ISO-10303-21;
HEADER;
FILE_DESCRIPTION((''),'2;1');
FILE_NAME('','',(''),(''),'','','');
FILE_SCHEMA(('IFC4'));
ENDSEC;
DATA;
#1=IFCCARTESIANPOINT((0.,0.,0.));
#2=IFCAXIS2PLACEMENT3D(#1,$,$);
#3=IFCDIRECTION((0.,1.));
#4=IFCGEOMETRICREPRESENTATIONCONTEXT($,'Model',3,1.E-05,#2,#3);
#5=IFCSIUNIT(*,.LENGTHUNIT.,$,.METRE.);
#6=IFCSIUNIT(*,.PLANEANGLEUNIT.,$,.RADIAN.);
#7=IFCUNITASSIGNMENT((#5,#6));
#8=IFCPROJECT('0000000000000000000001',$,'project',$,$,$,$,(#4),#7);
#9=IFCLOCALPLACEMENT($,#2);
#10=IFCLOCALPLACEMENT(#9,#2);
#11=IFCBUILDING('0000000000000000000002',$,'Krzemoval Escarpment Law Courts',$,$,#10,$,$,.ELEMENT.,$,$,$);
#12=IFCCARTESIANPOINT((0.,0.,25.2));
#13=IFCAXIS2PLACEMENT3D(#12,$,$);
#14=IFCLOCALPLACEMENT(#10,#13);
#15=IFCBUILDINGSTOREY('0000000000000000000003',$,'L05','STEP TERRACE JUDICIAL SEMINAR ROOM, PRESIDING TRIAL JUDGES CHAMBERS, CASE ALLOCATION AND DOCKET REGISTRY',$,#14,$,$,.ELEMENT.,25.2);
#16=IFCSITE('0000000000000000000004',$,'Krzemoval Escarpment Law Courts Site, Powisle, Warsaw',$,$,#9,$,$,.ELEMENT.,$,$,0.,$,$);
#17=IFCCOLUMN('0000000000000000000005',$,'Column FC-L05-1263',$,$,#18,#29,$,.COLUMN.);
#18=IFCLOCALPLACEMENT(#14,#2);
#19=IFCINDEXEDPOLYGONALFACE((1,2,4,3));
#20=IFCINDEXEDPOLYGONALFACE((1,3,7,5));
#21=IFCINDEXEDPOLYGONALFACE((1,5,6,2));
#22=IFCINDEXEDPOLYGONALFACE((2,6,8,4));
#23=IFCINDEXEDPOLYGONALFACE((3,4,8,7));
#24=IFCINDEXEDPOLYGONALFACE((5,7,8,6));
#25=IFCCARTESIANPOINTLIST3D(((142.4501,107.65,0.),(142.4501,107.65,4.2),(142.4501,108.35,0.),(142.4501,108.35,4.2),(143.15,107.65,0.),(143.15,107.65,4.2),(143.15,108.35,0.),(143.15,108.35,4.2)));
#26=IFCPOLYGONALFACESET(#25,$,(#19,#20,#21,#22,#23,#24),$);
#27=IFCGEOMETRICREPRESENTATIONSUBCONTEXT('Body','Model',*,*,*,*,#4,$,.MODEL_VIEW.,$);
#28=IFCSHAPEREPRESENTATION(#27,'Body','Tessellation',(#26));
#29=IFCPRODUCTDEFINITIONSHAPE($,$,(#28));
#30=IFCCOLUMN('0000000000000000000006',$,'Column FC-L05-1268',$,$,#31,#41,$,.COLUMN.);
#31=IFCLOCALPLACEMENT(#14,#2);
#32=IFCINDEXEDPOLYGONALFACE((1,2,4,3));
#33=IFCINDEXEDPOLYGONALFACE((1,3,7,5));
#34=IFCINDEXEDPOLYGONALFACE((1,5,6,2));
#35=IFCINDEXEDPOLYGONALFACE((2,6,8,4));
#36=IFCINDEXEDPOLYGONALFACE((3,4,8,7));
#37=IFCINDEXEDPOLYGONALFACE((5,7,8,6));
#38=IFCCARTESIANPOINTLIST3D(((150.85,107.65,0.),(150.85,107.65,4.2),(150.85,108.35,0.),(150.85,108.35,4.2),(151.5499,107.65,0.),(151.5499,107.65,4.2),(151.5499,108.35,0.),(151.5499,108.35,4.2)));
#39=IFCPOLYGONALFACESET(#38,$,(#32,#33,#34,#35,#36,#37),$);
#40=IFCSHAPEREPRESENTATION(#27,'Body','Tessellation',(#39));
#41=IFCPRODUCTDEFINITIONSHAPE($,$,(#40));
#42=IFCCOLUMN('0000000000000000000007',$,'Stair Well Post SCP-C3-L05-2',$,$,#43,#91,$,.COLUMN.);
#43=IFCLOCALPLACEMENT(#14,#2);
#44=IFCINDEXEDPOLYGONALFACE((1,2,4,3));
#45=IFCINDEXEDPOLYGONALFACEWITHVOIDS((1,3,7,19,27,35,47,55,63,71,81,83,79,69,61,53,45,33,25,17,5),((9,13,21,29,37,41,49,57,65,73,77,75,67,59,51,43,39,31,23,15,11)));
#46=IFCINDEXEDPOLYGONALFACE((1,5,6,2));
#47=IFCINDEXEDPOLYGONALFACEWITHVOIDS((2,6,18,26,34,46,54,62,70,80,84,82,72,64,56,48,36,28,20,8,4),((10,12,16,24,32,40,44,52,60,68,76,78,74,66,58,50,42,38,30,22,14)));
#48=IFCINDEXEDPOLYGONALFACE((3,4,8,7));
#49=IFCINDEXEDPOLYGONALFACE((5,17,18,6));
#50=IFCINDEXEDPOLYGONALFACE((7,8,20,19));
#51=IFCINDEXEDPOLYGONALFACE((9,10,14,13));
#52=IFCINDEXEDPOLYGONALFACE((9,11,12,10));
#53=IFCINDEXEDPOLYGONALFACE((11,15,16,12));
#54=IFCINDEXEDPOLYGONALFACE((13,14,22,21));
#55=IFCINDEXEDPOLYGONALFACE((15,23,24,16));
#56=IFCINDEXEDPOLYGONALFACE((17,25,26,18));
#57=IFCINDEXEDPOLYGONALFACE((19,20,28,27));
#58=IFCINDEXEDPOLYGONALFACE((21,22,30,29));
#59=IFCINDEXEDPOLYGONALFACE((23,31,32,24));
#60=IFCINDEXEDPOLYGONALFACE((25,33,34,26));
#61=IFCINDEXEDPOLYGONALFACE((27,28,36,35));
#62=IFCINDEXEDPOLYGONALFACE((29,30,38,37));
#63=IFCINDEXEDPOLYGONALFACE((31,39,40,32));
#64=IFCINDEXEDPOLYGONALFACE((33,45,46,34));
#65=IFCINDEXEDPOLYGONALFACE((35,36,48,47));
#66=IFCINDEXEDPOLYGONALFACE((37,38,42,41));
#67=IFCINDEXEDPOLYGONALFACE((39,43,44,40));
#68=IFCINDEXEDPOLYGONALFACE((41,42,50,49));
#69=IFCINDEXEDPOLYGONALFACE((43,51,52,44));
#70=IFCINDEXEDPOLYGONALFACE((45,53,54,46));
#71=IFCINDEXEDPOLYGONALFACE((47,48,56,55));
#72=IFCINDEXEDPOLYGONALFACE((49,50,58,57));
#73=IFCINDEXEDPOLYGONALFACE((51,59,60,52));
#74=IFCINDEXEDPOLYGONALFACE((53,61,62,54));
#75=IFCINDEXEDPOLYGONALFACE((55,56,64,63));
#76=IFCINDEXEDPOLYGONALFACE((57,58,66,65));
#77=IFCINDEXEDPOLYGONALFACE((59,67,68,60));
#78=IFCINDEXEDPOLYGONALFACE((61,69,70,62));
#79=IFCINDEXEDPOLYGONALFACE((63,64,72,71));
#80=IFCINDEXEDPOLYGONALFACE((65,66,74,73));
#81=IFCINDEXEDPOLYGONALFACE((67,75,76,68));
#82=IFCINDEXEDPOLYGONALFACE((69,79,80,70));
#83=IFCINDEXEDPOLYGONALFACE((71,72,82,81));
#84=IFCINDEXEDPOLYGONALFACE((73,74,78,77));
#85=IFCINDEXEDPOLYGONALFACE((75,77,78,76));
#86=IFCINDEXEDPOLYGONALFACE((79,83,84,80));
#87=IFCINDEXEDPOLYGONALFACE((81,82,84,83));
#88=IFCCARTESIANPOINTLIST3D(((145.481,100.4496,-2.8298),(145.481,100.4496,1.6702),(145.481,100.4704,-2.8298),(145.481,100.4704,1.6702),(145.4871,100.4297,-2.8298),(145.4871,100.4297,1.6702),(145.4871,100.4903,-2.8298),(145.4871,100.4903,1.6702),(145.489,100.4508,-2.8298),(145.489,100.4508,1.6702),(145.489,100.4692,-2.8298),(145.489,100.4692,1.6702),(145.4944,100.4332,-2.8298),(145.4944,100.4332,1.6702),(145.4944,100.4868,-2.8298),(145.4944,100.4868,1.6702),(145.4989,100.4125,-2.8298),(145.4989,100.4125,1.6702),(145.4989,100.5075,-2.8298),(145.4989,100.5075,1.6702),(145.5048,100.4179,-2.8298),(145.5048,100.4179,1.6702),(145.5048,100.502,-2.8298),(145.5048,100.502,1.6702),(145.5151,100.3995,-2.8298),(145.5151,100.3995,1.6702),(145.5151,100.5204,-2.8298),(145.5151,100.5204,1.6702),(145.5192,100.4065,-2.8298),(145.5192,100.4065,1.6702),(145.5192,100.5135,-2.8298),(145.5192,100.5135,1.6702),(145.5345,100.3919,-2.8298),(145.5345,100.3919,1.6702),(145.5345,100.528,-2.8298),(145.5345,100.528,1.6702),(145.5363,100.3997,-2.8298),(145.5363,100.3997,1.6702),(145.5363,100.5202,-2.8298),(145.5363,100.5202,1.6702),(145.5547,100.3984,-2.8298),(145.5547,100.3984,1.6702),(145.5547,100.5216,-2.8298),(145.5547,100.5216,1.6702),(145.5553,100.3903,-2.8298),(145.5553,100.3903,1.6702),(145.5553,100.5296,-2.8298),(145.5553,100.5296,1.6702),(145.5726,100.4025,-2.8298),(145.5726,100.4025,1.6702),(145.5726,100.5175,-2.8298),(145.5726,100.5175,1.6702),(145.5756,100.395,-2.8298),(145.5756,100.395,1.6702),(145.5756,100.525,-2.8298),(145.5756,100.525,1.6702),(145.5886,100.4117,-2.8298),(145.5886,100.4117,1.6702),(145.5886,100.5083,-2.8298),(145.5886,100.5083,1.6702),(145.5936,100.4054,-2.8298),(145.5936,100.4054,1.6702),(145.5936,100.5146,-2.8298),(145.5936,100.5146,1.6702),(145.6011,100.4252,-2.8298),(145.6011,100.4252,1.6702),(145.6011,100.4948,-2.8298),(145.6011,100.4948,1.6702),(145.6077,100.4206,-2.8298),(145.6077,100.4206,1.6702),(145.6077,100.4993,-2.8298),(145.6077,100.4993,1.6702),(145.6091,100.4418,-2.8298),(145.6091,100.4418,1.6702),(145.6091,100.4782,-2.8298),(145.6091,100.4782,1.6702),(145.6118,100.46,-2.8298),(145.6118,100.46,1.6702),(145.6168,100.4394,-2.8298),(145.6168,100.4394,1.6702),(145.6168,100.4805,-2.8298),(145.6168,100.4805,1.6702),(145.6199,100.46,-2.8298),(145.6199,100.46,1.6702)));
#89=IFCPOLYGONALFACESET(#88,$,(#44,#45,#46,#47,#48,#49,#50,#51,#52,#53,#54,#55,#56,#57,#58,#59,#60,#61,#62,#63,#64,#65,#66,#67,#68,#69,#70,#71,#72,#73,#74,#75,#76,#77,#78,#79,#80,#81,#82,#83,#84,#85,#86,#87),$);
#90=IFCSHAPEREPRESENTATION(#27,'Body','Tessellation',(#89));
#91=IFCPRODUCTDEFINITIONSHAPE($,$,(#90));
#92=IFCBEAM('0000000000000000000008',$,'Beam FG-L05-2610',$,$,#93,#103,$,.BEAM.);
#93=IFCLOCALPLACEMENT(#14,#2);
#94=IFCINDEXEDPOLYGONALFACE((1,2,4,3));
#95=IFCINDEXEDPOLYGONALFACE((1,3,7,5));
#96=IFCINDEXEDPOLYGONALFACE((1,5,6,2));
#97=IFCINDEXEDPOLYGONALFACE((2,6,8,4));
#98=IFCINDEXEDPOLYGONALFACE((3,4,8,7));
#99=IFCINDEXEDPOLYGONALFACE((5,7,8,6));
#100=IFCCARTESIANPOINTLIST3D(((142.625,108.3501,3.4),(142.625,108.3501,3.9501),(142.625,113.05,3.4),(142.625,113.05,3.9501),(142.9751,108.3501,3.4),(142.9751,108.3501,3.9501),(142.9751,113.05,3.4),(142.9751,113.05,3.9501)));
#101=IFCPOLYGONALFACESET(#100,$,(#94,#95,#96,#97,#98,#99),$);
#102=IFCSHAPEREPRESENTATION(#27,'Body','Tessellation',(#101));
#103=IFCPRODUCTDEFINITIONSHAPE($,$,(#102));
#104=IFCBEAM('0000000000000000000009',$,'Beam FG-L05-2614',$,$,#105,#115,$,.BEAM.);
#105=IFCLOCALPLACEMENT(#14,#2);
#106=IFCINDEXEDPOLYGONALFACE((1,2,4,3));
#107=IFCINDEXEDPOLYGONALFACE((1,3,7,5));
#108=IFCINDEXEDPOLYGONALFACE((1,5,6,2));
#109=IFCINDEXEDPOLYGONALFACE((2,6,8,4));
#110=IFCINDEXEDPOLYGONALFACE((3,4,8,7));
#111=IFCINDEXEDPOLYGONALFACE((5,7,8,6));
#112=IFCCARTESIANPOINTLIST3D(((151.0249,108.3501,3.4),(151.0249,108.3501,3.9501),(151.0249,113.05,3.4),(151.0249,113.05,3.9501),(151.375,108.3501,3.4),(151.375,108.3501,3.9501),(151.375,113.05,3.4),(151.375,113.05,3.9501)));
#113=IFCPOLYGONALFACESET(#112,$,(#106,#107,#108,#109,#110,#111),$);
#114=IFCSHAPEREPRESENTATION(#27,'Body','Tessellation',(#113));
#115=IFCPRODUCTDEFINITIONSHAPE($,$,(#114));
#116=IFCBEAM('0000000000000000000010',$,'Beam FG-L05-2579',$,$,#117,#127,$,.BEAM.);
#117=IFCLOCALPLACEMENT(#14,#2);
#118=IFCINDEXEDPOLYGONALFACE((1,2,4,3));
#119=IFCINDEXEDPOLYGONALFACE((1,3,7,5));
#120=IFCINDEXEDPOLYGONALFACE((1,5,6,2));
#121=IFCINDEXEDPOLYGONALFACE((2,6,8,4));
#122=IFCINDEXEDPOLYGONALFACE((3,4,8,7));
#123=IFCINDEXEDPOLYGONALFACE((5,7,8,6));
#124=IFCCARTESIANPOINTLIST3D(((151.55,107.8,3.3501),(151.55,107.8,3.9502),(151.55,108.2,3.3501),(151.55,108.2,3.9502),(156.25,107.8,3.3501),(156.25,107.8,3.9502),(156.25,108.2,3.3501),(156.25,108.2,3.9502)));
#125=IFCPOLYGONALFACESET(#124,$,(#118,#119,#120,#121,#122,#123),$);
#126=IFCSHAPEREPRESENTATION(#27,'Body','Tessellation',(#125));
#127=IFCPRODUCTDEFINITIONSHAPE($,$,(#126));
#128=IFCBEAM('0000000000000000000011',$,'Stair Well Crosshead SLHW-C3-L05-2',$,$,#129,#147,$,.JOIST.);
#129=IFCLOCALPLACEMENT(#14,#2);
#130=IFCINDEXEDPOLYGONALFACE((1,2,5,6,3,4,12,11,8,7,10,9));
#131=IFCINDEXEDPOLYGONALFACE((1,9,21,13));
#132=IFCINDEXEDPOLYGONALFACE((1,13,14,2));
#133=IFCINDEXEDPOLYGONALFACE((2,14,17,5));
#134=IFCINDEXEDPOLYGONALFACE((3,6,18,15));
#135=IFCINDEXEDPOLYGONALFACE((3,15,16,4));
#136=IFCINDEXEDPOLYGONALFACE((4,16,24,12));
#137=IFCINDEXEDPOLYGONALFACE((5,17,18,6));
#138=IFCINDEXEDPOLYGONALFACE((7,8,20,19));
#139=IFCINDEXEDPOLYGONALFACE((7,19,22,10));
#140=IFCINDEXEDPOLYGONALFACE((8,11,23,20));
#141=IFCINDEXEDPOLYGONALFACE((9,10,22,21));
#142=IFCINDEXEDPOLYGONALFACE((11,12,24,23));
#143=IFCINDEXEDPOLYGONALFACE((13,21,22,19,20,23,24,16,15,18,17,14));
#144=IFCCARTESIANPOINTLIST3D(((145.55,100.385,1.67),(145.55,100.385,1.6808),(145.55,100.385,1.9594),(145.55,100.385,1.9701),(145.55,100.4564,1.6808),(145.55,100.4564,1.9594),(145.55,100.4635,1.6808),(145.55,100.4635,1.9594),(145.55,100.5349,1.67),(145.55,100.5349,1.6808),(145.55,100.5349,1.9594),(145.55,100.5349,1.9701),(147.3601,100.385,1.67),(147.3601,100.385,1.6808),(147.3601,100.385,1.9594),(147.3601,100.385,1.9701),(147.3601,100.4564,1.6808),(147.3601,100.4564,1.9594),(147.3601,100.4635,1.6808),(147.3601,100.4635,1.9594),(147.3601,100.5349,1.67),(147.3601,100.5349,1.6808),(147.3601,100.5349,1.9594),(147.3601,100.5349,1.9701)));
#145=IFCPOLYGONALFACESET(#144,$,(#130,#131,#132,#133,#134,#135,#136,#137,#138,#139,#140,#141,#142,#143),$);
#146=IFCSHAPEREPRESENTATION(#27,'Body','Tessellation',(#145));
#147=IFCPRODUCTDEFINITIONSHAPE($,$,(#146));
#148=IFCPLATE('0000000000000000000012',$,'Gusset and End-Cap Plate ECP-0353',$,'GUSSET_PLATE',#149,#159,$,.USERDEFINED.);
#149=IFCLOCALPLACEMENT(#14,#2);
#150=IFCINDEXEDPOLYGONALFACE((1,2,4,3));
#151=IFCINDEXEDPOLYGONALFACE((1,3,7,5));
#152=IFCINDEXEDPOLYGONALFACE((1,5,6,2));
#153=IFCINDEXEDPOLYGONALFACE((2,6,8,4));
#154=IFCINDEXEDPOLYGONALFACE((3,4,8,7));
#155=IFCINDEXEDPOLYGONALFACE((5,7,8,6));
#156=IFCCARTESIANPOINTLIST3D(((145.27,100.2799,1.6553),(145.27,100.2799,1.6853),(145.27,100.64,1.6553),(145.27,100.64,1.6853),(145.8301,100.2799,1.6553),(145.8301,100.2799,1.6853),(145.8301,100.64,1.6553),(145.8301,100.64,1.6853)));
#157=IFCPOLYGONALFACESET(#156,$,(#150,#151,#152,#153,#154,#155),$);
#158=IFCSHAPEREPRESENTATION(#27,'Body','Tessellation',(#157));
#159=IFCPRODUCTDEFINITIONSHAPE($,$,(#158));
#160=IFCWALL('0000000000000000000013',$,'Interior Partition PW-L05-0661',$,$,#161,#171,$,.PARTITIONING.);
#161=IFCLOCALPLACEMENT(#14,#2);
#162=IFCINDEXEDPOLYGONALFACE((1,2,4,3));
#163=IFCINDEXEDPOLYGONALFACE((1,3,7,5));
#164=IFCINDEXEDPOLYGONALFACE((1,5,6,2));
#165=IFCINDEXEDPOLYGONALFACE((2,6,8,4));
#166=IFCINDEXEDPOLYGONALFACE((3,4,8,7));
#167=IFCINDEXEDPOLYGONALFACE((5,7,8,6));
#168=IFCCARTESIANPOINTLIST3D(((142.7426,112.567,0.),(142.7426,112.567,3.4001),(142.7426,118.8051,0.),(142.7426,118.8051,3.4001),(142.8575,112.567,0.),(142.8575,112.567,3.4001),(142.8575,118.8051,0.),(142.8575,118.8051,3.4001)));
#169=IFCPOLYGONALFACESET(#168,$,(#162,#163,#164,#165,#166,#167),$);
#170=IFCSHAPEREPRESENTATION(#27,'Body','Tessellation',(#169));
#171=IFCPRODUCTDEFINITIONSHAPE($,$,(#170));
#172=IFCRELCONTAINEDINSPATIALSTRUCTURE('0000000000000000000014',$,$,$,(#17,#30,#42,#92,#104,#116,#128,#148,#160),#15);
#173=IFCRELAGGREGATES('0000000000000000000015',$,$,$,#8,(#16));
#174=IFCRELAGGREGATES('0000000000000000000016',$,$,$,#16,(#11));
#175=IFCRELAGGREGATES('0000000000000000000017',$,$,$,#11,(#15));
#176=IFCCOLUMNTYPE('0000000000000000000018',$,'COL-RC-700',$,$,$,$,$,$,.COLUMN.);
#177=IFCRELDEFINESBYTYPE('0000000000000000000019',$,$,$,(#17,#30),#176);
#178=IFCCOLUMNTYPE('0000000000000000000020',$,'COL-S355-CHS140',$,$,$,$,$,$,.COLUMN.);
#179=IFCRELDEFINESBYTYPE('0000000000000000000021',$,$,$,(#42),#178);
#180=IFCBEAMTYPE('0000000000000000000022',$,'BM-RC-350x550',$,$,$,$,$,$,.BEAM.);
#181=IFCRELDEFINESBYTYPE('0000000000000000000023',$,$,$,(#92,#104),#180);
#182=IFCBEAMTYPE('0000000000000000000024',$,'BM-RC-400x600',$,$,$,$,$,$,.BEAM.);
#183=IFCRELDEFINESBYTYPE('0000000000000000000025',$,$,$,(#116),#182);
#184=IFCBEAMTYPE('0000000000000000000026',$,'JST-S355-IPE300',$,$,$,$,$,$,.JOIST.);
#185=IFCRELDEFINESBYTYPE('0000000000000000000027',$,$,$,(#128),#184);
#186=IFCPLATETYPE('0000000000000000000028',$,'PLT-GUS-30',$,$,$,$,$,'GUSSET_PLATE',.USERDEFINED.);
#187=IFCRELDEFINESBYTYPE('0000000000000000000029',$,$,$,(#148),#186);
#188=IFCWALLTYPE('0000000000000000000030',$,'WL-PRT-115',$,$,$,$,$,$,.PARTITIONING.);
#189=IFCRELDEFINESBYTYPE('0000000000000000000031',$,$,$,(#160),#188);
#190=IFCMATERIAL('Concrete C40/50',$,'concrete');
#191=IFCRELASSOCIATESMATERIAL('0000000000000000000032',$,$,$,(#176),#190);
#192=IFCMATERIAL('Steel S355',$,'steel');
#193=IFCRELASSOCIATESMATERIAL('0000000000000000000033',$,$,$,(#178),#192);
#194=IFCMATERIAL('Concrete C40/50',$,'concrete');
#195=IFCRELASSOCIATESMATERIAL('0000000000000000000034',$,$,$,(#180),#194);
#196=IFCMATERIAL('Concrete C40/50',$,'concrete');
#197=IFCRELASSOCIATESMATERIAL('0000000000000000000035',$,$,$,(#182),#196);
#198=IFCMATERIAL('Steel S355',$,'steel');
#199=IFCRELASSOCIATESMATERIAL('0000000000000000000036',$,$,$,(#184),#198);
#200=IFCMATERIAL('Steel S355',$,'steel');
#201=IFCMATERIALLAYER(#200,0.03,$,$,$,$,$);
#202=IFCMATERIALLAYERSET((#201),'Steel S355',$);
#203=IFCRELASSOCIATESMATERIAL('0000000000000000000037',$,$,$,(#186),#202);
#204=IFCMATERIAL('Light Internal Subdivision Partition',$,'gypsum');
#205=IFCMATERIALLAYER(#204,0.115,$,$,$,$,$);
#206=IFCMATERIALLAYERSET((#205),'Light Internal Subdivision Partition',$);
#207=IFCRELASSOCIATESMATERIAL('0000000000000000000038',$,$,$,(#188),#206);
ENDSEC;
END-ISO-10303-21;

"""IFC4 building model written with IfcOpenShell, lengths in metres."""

from ifc_helpers import new_model, si_unit, direction, frame, frame_2d, origin, origin_2d, place, context, subcontext, project, spatial, rectangle, hollow_circle, i_section, extrude, material, layer, layer_set, material_profile, profile_set, type_object, element, save


model = new_model("IFC4")

# Units and contexts
model_context = context("Model", 3, precision=1e-05, world=origin(), true_north=direction((0.0, 1.0)))
body_context = subcontext(model_context, "Body", "Model", "MODEL_VIEW")
ifc_project = project(units=[si_unit("LENGTHUNIT", "METRE"), si_unit("PLANEANGLEUNIT", "RADIAN")], contexts=[model_context])

# Site, building, storey
site_placement = place(None, origin())
site = spatial("IfcSite", under=ifc_project, at=site_placement, Name="Krzemoval Escarpment Law Courts Site, Powisle, Warsaw", CompositionType="ELEMENT", RefElevation=0.0)
building_placement = place(site_placement, origin())
building = spatial("IfcBuilding", under=site, at=building_placement, Name="Krzemoval Escarpment Law Courts", CompositionType="ELEMENT")
storey_placement = place(building_placement, frame((0.0, 0.0, 25.2)))
storey = spatial("IfcBuildingStorey", under=building, at=storey_placement, Name="L05", Description="STEP TERRACE JUDICIAL SEMINAR ROOM, PRESIDING TRIAL JUDGES CHAMBERS, CASE ALLOCATION AND DOCKET REGISTRY", CompositionType="ELEMENT", Elevation=25.2)

# Columns
ifc_material_1 = material(Name="Concrete C40/50", Category="concrete")
ifc_material_profile_1 = material_profile(ifc_material_1, rectangle(XDim=0.7, YDim=0.7, at=origin_2d()), Name="RC 700x700")
ifc_profile_set_1 = profile_set([ifc_material_profile_1], Name="Concrete C40/50")
column_type_1 = type_object("IfcColumnType", Name="COL-RC-700", PredefinedType="COLUMN", material=ifc_profile_set_1)
for number, where, z_axis, x_axis, name in (
    (1, (142.8, 108.0, 0.0), (0.0, 0.0, 1.0), (1.0, 0.0, 0.0), "Column FC-L05-1263"),
    (2, (151.2, 108.0, 0.0), (0.0, 0.0, 1.0), (1.0, 0.0, 0.0), "Column FC-L05-1268"),
):
    element("IfcColumn", number, at=place(storey_placement, frame(where, z_axis=z_axis, x_axis=x_axis)), inside=storey, type_object=column_type_1, Name=name, PredefinedType="COLUMN", context=body_context, shape_type="SweptSolid", body=[
        extrude(rectangle(XDim=0.7, YDim=0.7, at=origin_2d()), origin(), (0.0, 0.0, 1.0), 4.2),
    ])
ifc_material_2 = material(Name="Steel S355", Category="steel")
ifc_material_profile_2 = material_profile(ifc_material_2, hollow_circle(Radius=0.0698, WallThickness=0.0081, at=origin_2d()), Name="CHS 139.7x8")
ifc_profile_set_2 = profile_set([ifc_material_profile_2], Name="Steel S355")
column_type_2 = type_object("IfcColumnType", Name="COL-S355-CHS140", PredefinedType="COLUMN", material=ifc_profile_set_2)
column_placement = place(storey_placement, frame((145.55, 100.46, -2.8298), z_axis=(0.0, 0.0, 1.0), x_axis=(1.0, 0.0, 0.0)))
element("IfcColumn", 3, at=column_placement, inside=storey, type_object=column_type_2, Name="Stair Well Post SCP-C3-L05-2", PredefinedType="COLUMN", context=body_context, shape_type="SweptSolid", body=[
    extrude(hollow_circle(Radius=0.0698, WallThickness=0.0081, at=origin_2d()), origin(), (0.0, 0.0, 1.0), 4.5),
])

# Beams
ifc_material_3 = material(Name="Concrete C40/50", Category="concrete")
ifc_material_profile_3 = material_profile(ifc_material_3, rectangle(XDim=0.3501, YDim=0.55, at=origin_2d()), Name="RCB 350x550")
ifc_profile_set_3 = profile_set([ifc_material_profile_3], Name="Concrete C40/50")
beam_type_1 = type_object("IfcBeamType", Name="BM-RC-350x550", PredefinedType="BEAM", material=ifc_profile_set_3)
for number, where, z_axis, x_axis, name in (
    (4, (142.8, 108.3501, 3.675), (0.0, 1.0, 0.0), (-1.0, 0.0, 0.0), "Beam FG-L05-2610"),
    (5, (151.2, 108.3501, 3.675), (0.0, 1.0, 0.0), (-1.0, 0.0, 0.0), "Beam FG-L05-2614"),
):
    element("IfcBeam", number, at=place(storey_placement, frame(where, z_axis=z_axis, x_axis=x_axis)), inside=storey, type_object=beam_type_1, Name=name, PredefinedType="BEAM", context=body_context, shape_type="SweptSolid", body=[
        extrude(rectangle(XDim=0.3501, YDim=0.55, at=origin_2d()), origin(), (0.0, 0.0, 1.0), 4.7),
    ])
ifc_material_4 = material(Name="Concrete C40/50", Category="concrete")
ifc_material_profile_4 = material_profile(ifc_material_4, rectangle(XDim=0.3999, YDim=0.6001, at=origin_2d()), Name="RCB 400x600")
ifc_profile_set_4 = profile_set([ifc_material_profile_4], Name="Concrete C40/50")
beam_type_2 = type_object("IfcBeamType", Name="BM-RC-400x600", PredefinedType="BEAM", material=ifc_profile_set_4)
beam_1_placement = place(storey_placement, frame((151.55, 108.0, 3.6501), z_axis=(1.0, 0.0, 0.0), x_axis=(0.0, 1.0, 0.0)))
element("IfcBeam", 6, at=beam_1_placement, inside=storey, type_object=beam_type_2, Name="Beam FG-L05-2579", PredefinedType="BEAM", context=body_context, shape_type="SweptSolid", body=[
    extrude(rectangle(XDim=0.3999, YDim=0.6001, at=origin_2d()), origin(), (0.0, 0.0, 1.0), 4.7),
])
ifc_material_5 = material(Name="Steel S355", Category="steel")
ifc_material_profile_5 = material_profile(ifc_material_5, i_section(OverallWidth=0.1499, OverallDepth=0.3, WebThickness=0.0071, FlangeThickness=0.0107, at=origin_2d()), Name="IPE 300")
ifc_profile_set_5 = profile_set([ifc_material_profile_5], Name="Steel S355")
beam_type_3 = type_object("IfcBeamType", Name="JST-S355-IPE300", PredefinedType="JOIST", material=ifc_profile_set_5)
beam_2_placement = place(storey_placement, frame((145.55, 100.46, 1.8201), z_axis=(1.0, 0.0, 0.0), x_axis=(0.0, 1.0, 0.0)))
element("IfcBeam", 7, at=beam_2_placement, inside=storey, type_object=beam_type_3, Name="Stair Well Crosshead SLHW-C3-L05-2", PredefinedType="JOIST", context=body_context, shape_type="SweptSolid", body=[
    extrude(i_section(OverallWidth=0.1499, OverallDepth=0.3, WebThickness=0.0071, FlangeThickness=0.0107, at=origin_2d()), origin(), (0.0, 0.0, 1.0), 1.8101),
])

# Plate
ifc_material_6 = material(Name="Steel S355", Category="steel")
ifc_layer_1 = layer(ifc_material_6, 0.03)
ifc_layer_set_1 = layer_set([ifc_layer_1], Name="Steel S355")
plate_type = type_object("IfcPlateType", Name="PLT-GUS-30", ElementType="GUSSET_PLATE", PredefinedType="USERDEFINED", material=ifc_layer_set_1)
plate_placement = place(storey_placement, frame((145.55, 100.46, 1.6553), z_axis=(0.0, 0.0, 1.0), x_axis=(1.0, 0.0, 0.0)))
element("IfcPlate", 8, at=plate_placement, inside=storey, type_object=plate_type, Name="Gusset and End-Cap Plate ECP-0353", ObjectType="GUSSET_PLATE", PredefinedType="USERDEFINED", context=body_context, shape_type="SweptSolid", body=[
    extrude(rectangle(XDim=0.5601, YDim=0.3601, at=origin_2d()), origin(), (0.0, 0.0, 1.0), 0.03),
])

# Wall
ifc_material_7 = material(Name="Light Internal Subdivision Partition", Category="gypsum")
ifc_layer_2 = layer(ifc_material_7, 0.115)
ifc_layer_set_2 = layer_set([ifc_layer_2], Name="Light Internal Subdivision Partition")
wall_type_1 = type_object("IfcWallType", Name="WL-PRT-115", PredefinedType="PARTITIONING", material=ifc_layer_set_2)
wall_1_placement = place(storey_placement, frame((142.8, 112.5669, 0.0), z_axis=(0.0, 0.0, 1.0), x_axis=(0.0, 1.0, 0.0)))
element("IfcWall", 9, at=wall_1_placement, inside=storey, type_object=wall_type_1, Name="Interior Partition PW-L05-0661", PredefinedType="PARTITIONING", context=body_context, shape_type="SweptSolid", body=[
    extrude(rectangle(XDim=6.238, YDim=0.115, at=frame_2d((3.1191, 0.0))), origin(), (0.0, 0.0, 1.0), 3.4001),
])

save(model, "model.ifc")
